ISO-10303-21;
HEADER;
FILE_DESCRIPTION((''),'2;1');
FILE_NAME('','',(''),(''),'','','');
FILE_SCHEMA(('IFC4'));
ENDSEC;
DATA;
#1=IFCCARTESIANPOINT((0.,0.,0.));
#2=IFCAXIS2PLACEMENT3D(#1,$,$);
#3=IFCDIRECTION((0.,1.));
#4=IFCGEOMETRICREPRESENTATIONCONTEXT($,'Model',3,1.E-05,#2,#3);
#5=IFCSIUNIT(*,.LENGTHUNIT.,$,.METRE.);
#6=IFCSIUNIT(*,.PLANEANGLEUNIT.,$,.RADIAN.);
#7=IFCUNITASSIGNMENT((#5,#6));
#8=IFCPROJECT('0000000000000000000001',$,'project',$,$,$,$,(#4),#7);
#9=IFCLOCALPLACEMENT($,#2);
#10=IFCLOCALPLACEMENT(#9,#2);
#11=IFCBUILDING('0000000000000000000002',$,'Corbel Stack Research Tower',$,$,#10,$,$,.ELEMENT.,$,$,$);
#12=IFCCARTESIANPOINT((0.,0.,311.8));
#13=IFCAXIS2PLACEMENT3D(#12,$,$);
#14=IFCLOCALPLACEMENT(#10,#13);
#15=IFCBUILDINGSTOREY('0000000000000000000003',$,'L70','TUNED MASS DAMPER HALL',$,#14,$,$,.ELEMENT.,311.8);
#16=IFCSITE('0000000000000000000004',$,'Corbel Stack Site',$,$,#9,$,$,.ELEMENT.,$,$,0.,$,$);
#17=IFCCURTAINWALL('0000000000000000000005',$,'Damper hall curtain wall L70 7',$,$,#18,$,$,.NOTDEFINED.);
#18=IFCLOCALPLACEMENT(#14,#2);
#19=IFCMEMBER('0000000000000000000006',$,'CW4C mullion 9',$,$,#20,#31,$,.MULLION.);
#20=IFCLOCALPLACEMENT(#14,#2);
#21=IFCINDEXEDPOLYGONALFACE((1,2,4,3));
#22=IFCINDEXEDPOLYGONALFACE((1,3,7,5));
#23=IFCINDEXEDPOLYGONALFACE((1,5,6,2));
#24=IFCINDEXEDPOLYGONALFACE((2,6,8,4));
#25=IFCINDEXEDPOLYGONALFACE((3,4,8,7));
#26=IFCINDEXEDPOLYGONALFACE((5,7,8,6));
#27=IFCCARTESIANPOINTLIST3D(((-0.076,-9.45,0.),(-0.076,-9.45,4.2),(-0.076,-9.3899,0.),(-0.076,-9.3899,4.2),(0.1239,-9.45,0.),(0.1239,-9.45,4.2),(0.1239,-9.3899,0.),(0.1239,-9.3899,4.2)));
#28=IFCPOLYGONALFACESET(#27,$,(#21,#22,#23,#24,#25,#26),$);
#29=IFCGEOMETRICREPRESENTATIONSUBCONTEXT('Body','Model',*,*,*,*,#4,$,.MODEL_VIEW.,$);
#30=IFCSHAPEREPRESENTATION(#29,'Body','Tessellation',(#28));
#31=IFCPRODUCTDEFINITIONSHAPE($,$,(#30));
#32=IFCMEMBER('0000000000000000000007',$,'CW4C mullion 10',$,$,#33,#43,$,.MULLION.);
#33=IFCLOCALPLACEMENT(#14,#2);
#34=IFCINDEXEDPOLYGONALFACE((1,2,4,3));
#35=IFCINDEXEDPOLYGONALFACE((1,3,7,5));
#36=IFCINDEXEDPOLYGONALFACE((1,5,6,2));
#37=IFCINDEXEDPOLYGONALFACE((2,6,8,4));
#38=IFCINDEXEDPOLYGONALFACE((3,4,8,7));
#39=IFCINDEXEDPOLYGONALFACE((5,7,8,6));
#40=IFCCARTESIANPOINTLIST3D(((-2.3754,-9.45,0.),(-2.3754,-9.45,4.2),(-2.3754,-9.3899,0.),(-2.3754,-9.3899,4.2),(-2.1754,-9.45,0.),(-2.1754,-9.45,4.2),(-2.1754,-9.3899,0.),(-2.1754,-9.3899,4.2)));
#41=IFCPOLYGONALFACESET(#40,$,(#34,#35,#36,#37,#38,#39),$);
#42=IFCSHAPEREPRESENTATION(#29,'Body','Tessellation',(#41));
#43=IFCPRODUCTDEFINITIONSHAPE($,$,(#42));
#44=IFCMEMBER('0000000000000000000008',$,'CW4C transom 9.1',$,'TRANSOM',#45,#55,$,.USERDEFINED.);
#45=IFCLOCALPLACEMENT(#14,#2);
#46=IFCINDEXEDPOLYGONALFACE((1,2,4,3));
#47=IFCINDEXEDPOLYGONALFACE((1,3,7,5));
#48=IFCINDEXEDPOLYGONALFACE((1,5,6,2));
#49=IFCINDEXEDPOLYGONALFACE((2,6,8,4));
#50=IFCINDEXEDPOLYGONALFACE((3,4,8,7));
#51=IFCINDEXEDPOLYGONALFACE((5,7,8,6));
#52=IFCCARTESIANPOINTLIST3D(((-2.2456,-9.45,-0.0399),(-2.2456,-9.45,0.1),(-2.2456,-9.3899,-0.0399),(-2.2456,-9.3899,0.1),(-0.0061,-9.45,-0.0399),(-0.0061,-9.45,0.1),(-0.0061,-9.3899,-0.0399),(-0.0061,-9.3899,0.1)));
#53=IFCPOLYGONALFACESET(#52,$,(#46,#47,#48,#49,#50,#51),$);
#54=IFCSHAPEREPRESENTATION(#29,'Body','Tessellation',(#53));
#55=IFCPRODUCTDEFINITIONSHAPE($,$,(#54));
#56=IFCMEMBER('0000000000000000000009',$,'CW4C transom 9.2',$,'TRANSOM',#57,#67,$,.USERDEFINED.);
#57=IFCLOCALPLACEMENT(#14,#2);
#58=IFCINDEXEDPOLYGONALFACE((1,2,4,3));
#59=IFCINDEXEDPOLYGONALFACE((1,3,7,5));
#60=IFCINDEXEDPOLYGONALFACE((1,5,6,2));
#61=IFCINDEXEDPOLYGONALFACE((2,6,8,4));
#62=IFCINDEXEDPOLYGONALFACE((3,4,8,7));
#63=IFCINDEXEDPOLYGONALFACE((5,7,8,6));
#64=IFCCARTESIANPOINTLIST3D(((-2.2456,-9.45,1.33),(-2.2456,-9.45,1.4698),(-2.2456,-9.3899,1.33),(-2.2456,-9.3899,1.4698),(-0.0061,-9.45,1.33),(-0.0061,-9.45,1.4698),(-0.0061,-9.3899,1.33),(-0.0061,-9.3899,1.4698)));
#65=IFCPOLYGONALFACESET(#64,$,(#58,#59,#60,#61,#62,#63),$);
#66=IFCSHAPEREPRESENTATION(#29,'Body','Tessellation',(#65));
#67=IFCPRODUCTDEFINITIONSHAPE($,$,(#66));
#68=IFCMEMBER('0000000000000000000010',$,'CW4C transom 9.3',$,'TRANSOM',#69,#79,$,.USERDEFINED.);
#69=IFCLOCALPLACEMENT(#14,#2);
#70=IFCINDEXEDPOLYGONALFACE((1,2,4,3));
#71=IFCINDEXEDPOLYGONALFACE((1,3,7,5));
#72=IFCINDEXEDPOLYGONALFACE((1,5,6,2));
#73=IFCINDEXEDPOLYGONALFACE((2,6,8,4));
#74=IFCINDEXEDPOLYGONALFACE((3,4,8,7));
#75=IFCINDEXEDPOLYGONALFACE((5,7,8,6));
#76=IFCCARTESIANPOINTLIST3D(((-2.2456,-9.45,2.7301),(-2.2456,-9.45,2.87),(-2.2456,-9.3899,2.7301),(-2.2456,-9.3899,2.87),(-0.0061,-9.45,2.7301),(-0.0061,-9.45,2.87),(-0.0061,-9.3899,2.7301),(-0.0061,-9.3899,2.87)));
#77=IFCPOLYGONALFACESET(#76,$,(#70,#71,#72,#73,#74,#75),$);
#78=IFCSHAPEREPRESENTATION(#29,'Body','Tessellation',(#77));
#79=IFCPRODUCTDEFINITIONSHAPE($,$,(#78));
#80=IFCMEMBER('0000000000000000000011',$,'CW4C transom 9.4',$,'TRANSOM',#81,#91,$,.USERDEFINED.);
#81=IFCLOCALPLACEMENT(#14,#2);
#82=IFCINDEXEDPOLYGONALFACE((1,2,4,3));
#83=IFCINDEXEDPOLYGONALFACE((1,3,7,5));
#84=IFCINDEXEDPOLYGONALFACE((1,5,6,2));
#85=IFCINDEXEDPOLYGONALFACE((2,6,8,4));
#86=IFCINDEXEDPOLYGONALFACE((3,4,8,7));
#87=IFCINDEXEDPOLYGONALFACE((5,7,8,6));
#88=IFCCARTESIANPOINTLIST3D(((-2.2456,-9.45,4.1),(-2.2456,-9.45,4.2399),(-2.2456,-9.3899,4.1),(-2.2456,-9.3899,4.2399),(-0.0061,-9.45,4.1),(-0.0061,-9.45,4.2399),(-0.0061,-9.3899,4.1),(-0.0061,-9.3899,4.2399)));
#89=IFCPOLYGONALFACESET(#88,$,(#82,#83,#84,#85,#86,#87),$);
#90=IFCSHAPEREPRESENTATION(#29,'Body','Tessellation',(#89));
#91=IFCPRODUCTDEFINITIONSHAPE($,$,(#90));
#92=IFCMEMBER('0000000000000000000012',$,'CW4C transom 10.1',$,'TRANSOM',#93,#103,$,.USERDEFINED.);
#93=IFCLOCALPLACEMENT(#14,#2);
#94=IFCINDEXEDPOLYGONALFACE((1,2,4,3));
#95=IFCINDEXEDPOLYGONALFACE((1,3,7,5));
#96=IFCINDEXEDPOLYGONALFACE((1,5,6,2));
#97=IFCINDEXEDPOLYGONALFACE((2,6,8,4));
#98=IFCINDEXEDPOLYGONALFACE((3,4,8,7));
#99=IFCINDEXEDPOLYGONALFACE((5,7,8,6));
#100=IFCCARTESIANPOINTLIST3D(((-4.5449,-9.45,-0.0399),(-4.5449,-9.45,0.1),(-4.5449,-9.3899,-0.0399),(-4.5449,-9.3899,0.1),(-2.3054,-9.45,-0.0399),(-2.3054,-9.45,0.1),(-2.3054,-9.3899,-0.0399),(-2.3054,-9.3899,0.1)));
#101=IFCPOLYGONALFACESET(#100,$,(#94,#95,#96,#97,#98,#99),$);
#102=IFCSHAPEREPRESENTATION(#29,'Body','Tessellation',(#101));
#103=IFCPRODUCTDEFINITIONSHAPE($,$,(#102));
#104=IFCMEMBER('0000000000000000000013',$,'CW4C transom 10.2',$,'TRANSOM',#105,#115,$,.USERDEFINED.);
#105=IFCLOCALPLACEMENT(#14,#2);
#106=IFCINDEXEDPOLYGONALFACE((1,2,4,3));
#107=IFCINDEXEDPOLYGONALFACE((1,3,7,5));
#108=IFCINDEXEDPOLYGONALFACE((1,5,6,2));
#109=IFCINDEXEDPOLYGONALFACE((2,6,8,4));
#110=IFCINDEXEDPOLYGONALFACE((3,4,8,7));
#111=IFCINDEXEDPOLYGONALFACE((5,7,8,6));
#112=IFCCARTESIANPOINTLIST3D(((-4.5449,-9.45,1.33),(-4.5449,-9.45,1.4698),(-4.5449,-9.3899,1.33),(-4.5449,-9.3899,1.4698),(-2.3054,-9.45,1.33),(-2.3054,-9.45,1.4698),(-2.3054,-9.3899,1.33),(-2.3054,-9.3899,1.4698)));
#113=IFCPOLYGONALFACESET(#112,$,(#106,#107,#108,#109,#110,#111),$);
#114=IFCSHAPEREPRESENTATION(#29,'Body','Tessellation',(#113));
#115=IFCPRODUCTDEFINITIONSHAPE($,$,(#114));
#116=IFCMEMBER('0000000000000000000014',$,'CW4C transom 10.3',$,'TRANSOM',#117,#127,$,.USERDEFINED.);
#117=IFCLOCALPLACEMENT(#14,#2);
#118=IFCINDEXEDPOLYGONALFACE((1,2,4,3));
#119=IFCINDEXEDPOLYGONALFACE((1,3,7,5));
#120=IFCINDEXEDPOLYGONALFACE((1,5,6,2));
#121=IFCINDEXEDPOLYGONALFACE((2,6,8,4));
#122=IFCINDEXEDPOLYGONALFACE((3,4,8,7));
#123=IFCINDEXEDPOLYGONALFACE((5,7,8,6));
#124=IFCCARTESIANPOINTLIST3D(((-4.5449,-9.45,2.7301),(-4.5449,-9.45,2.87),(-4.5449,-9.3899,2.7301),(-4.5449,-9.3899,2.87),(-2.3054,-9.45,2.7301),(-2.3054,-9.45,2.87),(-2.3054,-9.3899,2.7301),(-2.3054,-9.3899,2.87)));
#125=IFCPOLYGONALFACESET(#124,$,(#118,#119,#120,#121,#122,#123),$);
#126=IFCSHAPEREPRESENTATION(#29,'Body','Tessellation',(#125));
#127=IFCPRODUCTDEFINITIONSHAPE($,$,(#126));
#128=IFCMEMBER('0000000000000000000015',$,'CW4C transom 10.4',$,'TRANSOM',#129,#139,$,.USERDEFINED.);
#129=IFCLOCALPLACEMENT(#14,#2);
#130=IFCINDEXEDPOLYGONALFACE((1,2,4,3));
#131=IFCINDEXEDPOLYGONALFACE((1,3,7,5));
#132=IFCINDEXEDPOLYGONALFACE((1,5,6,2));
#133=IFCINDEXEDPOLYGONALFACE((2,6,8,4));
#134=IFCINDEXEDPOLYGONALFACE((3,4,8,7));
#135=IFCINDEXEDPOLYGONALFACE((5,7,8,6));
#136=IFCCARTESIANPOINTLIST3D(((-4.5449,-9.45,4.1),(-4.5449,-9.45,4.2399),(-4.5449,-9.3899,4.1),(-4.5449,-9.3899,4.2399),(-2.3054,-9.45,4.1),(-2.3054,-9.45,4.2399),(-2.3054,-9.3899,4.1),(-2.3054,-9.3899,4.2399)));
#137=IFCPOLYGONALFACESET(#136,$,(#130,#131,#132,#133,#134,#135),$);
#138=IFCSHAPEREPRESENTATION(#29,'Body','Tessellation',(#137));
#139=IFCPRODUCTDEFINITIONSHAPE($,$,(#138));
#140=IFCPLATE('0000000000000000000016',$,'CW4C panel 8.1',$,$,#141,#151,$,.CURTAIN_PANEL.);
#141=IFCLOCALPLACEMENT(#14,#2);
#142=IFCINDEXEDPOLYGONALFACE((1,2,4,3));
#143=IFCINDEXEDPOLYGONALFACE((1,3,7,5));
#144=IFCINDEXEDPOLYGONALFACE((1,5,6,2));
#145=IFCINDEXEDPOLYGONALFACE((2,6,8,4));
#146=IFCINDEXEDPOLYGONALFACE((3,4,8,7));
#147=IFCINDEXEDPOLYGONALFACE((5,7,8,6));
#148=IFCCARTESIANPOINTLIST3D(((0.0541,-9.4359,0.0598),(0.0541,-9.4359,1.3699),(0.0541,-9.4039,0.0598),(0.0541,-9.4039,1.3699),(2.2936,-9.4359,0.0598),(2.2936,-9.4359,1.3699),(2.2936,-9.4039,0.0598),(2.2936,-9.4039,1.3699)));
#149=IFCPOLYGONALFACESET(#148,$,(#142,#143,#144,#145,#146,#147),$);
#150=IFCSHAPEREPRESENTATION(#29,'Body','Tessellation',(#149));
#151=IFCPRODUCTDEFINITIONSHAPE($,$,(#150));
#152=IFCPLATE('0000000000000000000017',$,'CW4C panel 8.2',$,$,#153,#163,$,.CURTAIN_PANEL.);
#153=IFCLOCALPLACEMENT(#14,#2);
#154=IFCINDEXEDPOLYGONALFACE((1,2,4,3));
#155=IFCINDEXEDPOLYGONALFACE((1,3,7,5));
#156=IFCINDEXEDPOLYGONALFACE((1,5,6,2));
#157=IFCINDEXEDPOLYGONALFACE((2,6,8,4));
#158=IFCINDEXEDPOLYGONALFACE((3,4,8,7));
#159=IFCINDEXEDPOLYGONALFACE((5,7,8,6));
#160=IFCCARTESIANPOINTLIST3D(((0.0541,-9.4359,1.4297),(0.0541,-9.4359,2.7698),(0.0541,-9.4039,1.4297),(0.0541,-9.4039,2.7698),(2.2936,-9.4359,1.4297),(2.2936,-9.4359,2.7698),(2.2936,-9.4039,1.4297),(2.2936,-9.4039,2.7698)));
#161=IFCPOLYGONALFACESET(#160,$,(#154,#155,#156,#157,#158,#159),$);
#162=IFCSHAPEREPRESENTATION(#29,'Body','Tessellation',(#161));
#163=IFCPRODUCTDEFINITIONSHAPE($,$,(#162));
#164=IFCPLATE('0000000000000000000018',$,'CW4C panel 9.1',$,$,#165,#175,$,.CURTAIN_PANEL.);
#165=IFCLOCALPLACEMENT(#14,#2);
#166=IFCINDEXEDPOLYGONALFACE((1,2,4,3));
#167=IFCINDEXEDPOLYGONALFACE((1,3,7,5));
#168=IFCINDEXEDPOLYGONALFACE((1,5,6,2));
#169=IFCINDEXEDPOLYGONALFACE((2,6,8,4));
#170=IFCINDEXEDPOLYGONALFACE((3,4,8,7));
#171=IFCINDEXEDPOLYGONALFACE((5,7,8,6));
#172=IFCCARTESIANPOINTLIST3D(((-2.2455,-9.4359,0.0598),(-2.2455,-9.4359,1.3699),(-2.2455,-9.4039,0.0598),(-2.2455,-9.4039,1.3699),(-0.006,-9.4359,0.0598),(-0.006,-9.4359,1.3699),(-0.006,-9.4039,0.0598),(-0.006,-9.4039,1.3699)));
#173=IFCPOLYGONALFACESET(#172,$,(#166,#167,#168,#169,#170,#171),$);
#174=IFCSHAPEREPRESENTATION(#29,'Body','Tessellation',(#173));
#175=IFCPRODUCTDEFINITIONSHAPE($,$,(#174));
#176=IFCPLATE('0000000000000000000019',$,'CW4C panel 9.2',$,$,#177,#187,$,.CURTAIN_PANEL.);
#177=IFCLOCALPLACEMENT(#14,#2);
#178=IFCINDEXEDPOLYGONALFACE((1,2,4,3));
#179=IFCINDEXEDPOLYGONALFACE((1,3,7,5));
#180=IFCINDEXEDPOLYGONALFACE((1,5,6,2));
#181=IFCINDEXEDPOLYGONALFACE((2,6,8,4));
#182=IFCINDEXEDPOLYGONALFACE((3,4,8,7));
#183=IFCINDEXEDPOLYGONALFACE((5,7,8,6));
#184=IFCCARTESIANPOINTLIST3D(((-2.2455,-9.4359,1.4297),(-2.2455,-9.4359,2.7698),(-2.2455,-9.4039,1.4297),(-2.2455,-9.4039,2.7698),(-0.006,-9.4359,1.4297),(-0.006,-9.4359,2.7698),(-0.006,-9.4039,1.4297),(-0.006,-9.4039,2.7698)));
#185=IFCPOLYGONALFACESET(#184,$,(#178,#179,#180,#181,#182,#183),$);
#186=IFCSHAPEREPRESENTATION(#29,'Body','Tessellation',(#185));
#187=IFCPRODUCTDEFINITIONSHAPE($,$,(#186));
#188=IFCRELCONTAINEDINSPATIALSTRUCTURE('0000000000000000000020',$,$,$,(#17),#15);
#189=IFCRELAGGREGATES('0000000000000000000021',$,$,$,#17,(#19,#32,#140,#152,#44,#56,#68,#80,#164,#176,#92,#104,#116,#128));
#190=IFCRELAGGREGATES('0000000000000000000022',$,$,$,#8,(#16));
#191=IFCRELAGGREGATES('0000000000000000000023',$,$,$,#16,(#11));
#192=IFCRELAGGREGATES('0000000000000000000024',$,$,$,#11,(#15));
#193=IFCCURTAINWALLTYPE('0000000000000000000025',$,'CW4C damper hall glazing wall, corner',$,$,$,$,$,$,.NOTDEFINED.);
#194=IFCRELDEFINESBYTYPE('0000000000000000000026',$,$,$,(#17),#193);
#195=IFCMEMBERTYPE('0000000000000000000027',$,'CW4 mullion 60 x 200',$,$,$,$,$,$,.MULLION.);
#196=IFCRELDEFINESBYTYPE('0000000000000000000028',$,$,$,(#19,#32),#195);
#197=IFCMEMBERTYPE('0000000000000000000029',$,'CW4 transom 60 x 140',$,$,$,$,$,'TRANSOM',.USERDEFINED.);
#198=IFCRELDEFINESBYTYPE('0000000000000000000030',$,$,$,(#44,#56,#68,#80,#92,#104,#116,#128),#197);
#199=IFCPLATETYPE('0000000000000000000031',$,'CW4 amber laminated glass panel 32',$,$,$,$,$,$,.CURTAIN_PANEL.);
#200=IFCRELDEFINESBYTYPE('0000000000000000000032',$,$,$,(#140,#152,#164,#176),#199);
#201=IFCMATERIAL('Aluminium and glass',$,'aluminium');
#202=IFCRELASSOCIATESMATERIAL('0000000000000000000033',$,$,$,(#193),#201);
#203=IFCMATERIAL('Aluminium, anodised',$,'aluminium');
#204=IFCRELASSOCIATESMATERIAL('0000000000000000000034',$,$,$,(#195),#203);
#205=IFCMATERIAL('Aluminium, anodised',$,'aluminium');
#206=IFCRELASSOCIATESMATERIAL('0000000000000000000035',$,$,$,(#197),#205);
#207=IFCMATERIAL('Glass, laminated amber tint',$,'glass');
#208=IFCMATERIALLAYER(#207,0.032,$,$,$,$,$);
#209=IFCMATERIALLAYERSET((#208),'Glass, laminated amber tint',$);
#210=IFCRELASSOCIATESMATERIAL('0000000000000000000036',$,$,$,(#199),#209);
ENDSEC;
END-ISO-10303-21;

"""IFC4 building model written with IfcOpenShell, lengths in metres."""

from ifc_helpers import new_model, si_unit, direction, frame, origin, origin_2d, place, context, subcontext, project, spatial, rectangle, extrude, material, layer, layer_set, material_profile, profile_set, type_object, element, aggregate, save


model = new_model("IFC4")

# Units and contexts
model_context = context("Model", 3, precision=1e-05, world=origin(), true_north=direction((0.0, 1.0)))
body_context = subcontext(model_context, "Body", "Model", "MODEL_VIEW")
ifc_project = project(units=[si_unit("LENGTHUNIT", "METRE"), si_unit("PLANEANGLEUNIT", "RADIAN")], contexts=[model_context])

# Site, building, storey
site_placement = place(None, origin())
site = spatial("IfcSite", under=ifc_project, at=site_placement, Name="Corbel Stack Site", CompositionType="ELEMENT", RefElevation=0.0)
building_placement = place(site_placement, origin())
building = spatial("IfcBuilding", under=site, at=building_placement, Name="Corbel Stack Research Tower", CompositionType="ELEMENT")
storey_placement = place(building_placement, frame((0.0, 0.0, 311.8)))
storey = spatial("IfcBuildingStorey", under=building, at=storey_placement, Name="L70", Description="TUNED MASS DAMPER HALL", CompositionType="ELEMENT", Elevation=311.8)

# Curtain wall, members, plates
ifc_material_1 = material(Name="Aluminium and glass", Category="aluminium")
curtain_wall_type = type_object("IfcCurtainWallType", Name="CW4C damper hall glazing wall, corner", PredefinedType="NOTDEFINED", material=ifc_material_1)
curtain_wall_placement = place(storey_placement, origin())
curtain_wall = element("IfcCurtainWall", 1, at=curtain_wall_placement, inside=storey, type_object=curtain_wall_type, Name="Damper hall curtain wall L70 7", PredefinedType="NOTDEFINED")
ifc_material_2 = material(Name="Aluminium, anodised", Category="aluminium")
ifc_material_profile_1 = material_profile(ifc_material_2, rectangle(XDim=0.0601, YDim=0.2, at=origin_2d()), Name="CW4 mullion 60 x 200")
ifc_profile_set_1 = profile_set([ifc_material_profile_1], Name="Aluminium, anodised")
member_type_1 = type_object("IfcMemberType", Name="CW4 mullion 60 x 200", PredefinedType="MULLION", material=ifc_profile_set_1)
member_1_placement = place(storey_placement, frame((0.0239, -9.4199, 0.0), z_axis=(0.0, 0.0, 1.0), x_axis=(0.0, -1.0, 0.0)))
member_1 = element("IfcMember", 2, at=member_1_placement, type_object=member_type_1, Name="CW4C mullion 9", PredefinedType="MULLION", context=body_context, shape_type="SweptSolid", body=[
    extrude(rectangle(XDim=0.0601, YDim=0.2, at=origin_2d()), origin(), (0.0, 0.0, 1.0), 4.2),
])
member_2_placement = place(storey_placement, frame((-2.2754, -9.4199, 0.0), z_axis=(0.0, 0.0, 1.0), x_axis=(0.0, -1.0, 0.0)))
member_2 = element("IfcMember", 3, at=member_2_placement, type_object=member_type_1, Name="CW4C mullion 10", PredefinedType="MULLION", context=body_context, shape_type="SweptSolid", body=[
    extrude(rectangle(XDim=0.0601, YDim=0.2, at=origin_2d()), origin(), (0.0, 0.0, 1.0), 4.2),
])
ifc_material_3 = material(Name="Aluminium, anodised", Category="aluminium")
ifc_material_profile_2 = material_profile(ifc_material_3, rectangle(XDim=0.0601, YDim=0.1399, at=origin_2d()), Name="CW4 transom 60 x 140")
ifc_profile_set_2 = profile_set([ifc_material_profile_2], Name="Aluminium, anodised")
member_type_2 = type_object("IfcMemberType", Name="CW4 transom 60 x 140", ElementType="TRANSOM", PredefinedType="USERDEFINED", material=ifc_profile_set_2)
member_3_placement = place(storey_placement, frame((-0.0061, -9.4199, 0.03), z_axis=(-1.0, 0.0, 0.0), x_axis=(0.0, -1.0, 0.0)))
member_3 = element("IfcMember", 4, at=member_3_placement, type_object=member_type_2, Name="CW4C transom 9.1", ObjectType="TRANSOM", PredefinedType="USERDEFINED", context=body_context, shape_type="SweptSolid", body=[
    extrude(rectangle(XDim=0.0601, YDim=0.1399, at=origin_2d()), origin(), (0.0, 0.0, 1.0), 2.2395),
])
member_4_placement = place(storey_placement, frame((-0.0061, -9.4199, 1.3999), z_axis=(-1.0, 0.0, 0.0), x_axis=(0.0, -1.0, 0.0)))
member_4 = element("IfcMember", 5, at=member_4_placement, type_object=member_type_2, Name="CW4C transom 9.2", ObjectType="TRANSOM", PredefinedType="USERDEFINED", context=body_context, shape_type="SweptSolid", body=[
    extrude(rectangle(XDim=0.0601, YDim=0.1399, at=origin_2d()), origin(), (0.0, 0.0, 1.0), 2.2395),
])
member_5_placement = place(storey_placement, frame((-0.0061, -9.4199, 2.8), z_axis=(-1.0, 0.0, 0.0), x_axis=(0.0, -1.0, 0.0)))
member_5 = element("IfcMember", 6, at=member_5_placement, type_object=member_type_2, Name="CW4C transom 9.3", ObjectType="TRANSOM", PredefinedType="USERDEFINED", context=body_context, shape_type="SweptSolid", body=[
    extrude(rectangle(XDim=0.0601, YDim=0.1399, at=origin_2d()), origin(), (0.0, 0.0, 1.0), 2.2395),
])
member_6_placement = place(storey_placement, frame((-0.0061, -9.4199, 4.1699), z_axis=(-1.0, 0.0, 0.0), x_axis=(0.0, -1.0, 0.0)))
member_6 = element("IfcMember", 7, at=member_6_placement, type_object=member_type_2, Name="CW4C transom 9.4", ObjectType="TRANSOM", PredefinedType="USERDEFINED", context=body_context, shape_type="SweptSolid", body=[
    extrude(rectangle(XDim=0.0601, YDim=0.1399, at=origin_2d()), origin(), (0.0, 0.0, 1.0), 2.2395),
])
member_7_placement = place(storey_placement, frame((-2.3054, -9.4199, 0.03), z_axis=(-1.0, 0.0, 0.0), x_axis=(0.0, -1.0, 0.0)))
member_7 = element("IfcMember", 8, at=member_7_placement, type_object=member_type_2, Name="CW4C transom 10.1", ObjectType="TRANSOM", PredefinedType="USERDEFINED", context=body_context, shape_type="SweptSolid", body=[
    extrude(rectangle(XDim=0.0601, YDim=0.1399, at=origin_2d()), origin(), (0.0, 0.0, 1.0), 2.2395),
])
member_8_placement = place(storey_placement, frame((-2.3054, -9.4199, 1.3999), z_axis=(-1.0, 0.0, 0.0), x_axis=(0.0, -1.0, 0.0)))
member_8 = element("IfcMember", 9, at=member_8_placement, type_object=member_type_2, Name="CW4C transom 10.2", ObjectType="TRANSOM", PredefinedType="USERDEFINED", context=body_context, shape_type="SweptSolid", body=[
    extrude(rectangle(XDim=0.0601, YDim=0.1399, at=origin_2d()), origin(), (0.0, 0.0, 1.0), 2.2395),
])
member_9_placement = place(storey_placement, frame((-2.3054, -9.4199, 2.8), z_axis=(-1.0, 0.0, 0.0), x_axis=(0.0, -1.0, 0.0)))
member_9 = element("IfcMember", 10, at=member_9_placement, type_object=member_type_2, Name="CW4C transom 10.3", ObjectType="TRANSOM", PredefinedType="USERDEFINED", context=body_context, shape_type="SweptSolid", body=[
    extrude(rectangle(XDim=0.0601, YDim=0.1399, at=origin_2d()), origin(), (0.0, 0.0, 1.0), 2.2395),
])
member_10_placement = place(storey_placement, frame((-2.3054, -9.4199, 4.1699), z_axis=(-1.0, 0.0, 0.0), x_axis=(0.0, -1.0, 0.0)))
member_10 = element("IfcMember", 11, at=member_10_placement, type_object=member_type_2, Name="CW4C transom 10.4", ObjectType="TRANSOM", PredefinedType="USERDEFINED", context=body_context, shape_type="SweptSolid", body=[
    extrude(rectangle(XDim=0.0601, YDim=0.1399, at=origin_2d()), origin(), (0.0, 0.0, 1.0), 2.2395),
])
ifc_material_4 = material(Name="Glass, laminated amber tint", Category="glass")
ifc_layer_1 = layer(ifc_material_4, 0.032)
ifc_layer_set_1 = layer_set([ifc_layer_1], Name="Glass, laminated amber tint")
plate_type = type_object("IfcPlateType", Name="CW4 amber laminated glass panel 32", PredefinedType="CURTAIN_PANEL", material=ifc_layer_set_1)
plate_1_placement = place(storey_placement, frame((1.1738, -9.4199, 0.0598), z_axis=(0.0, 0.0, 1.0), x_axis=(-1.0, 0.0, 0.0)))
plate_1 = element("IfcPlate", 12, at=plate_1_placement, type_object=plate_type, Name="CW4C panel 8.1", PredefinedType="CURTAIN_PANEL", context=body_context, shape_type="SweptSolid", body=[
    extrude(rectangle(XDim=2.2395, YDim=0.032, at=origin_2d()), origin(), (0.0, 0.0, 1.0), 1.3101),
])
plate_2_placement = place(storey_placement, frame((1.1738, -9.4199, 1.4297), z_axis=(0.0, 0.0, 1.0), x_axis=(-1.0, 0.0, 0.0)))
plate_2 = element("IfcPlate", 13, at=plate_2_placement, type_object=plate_type, Name="CW4C panel 8.2", PredefinedType="CURTAIN_PANEL", context=body_context, shape_type="SweptSolid", body=[
    extrude(rectangle(XDim=2.2395, YDim=0.032, at=origin_2d()), origin(), (0.0, 0.0, 1.0), 1.3401),
])
plate_3_placement = place(storey_placement, frame((-1.1257, -9.4199, 0.0598), z_axis=(0.0, 0.0, 1.0), x_axis=(-1.0, 0.0, 0.0)))
plate_3 = element("IfcPlate", 14, at=plate_3_placement, type_object=plate_type, Name="CW4C panel 9.1", PredefinedType="CURTAIN_PANEL", context=body_context, shape_type="SweptSolid", body=[
    extrude(rectangle(XDim=2.2395, YDim=0.032, at=origin_2d()), origin(), (0.0, 0.0, 1.0), 1.3101),
])
plate_4_placement = place(storey_placement, frame((-1.1257, -9.4199, 1.4297), z_axis=(0.0, 0.0, 1.0), x_axis=(-1.0, 0.0, 0.0)))
plate_4 = element("IfcPlate", 15, at=plate_4_placement, type_object=plate_type, Name="CW4C panel 9.2", PredefinedType="CURTAIN_PANEL", context=body_context, shape_type="SweptSolid", body=[
    extrude(rectangle(XDim=2.2395, YDim=0.032, at=origin_2d()), origin(), (0.0, 0.0, 1.0), 1.3401),
])
aggregate(curtain_wall, [member_1, member_2, plate_1, plate_2, member_3, member_4, member_5, member_6, plate_3, plate_4, member_7, member_8, member_9, member_10])

save(model, "model.ifc")
